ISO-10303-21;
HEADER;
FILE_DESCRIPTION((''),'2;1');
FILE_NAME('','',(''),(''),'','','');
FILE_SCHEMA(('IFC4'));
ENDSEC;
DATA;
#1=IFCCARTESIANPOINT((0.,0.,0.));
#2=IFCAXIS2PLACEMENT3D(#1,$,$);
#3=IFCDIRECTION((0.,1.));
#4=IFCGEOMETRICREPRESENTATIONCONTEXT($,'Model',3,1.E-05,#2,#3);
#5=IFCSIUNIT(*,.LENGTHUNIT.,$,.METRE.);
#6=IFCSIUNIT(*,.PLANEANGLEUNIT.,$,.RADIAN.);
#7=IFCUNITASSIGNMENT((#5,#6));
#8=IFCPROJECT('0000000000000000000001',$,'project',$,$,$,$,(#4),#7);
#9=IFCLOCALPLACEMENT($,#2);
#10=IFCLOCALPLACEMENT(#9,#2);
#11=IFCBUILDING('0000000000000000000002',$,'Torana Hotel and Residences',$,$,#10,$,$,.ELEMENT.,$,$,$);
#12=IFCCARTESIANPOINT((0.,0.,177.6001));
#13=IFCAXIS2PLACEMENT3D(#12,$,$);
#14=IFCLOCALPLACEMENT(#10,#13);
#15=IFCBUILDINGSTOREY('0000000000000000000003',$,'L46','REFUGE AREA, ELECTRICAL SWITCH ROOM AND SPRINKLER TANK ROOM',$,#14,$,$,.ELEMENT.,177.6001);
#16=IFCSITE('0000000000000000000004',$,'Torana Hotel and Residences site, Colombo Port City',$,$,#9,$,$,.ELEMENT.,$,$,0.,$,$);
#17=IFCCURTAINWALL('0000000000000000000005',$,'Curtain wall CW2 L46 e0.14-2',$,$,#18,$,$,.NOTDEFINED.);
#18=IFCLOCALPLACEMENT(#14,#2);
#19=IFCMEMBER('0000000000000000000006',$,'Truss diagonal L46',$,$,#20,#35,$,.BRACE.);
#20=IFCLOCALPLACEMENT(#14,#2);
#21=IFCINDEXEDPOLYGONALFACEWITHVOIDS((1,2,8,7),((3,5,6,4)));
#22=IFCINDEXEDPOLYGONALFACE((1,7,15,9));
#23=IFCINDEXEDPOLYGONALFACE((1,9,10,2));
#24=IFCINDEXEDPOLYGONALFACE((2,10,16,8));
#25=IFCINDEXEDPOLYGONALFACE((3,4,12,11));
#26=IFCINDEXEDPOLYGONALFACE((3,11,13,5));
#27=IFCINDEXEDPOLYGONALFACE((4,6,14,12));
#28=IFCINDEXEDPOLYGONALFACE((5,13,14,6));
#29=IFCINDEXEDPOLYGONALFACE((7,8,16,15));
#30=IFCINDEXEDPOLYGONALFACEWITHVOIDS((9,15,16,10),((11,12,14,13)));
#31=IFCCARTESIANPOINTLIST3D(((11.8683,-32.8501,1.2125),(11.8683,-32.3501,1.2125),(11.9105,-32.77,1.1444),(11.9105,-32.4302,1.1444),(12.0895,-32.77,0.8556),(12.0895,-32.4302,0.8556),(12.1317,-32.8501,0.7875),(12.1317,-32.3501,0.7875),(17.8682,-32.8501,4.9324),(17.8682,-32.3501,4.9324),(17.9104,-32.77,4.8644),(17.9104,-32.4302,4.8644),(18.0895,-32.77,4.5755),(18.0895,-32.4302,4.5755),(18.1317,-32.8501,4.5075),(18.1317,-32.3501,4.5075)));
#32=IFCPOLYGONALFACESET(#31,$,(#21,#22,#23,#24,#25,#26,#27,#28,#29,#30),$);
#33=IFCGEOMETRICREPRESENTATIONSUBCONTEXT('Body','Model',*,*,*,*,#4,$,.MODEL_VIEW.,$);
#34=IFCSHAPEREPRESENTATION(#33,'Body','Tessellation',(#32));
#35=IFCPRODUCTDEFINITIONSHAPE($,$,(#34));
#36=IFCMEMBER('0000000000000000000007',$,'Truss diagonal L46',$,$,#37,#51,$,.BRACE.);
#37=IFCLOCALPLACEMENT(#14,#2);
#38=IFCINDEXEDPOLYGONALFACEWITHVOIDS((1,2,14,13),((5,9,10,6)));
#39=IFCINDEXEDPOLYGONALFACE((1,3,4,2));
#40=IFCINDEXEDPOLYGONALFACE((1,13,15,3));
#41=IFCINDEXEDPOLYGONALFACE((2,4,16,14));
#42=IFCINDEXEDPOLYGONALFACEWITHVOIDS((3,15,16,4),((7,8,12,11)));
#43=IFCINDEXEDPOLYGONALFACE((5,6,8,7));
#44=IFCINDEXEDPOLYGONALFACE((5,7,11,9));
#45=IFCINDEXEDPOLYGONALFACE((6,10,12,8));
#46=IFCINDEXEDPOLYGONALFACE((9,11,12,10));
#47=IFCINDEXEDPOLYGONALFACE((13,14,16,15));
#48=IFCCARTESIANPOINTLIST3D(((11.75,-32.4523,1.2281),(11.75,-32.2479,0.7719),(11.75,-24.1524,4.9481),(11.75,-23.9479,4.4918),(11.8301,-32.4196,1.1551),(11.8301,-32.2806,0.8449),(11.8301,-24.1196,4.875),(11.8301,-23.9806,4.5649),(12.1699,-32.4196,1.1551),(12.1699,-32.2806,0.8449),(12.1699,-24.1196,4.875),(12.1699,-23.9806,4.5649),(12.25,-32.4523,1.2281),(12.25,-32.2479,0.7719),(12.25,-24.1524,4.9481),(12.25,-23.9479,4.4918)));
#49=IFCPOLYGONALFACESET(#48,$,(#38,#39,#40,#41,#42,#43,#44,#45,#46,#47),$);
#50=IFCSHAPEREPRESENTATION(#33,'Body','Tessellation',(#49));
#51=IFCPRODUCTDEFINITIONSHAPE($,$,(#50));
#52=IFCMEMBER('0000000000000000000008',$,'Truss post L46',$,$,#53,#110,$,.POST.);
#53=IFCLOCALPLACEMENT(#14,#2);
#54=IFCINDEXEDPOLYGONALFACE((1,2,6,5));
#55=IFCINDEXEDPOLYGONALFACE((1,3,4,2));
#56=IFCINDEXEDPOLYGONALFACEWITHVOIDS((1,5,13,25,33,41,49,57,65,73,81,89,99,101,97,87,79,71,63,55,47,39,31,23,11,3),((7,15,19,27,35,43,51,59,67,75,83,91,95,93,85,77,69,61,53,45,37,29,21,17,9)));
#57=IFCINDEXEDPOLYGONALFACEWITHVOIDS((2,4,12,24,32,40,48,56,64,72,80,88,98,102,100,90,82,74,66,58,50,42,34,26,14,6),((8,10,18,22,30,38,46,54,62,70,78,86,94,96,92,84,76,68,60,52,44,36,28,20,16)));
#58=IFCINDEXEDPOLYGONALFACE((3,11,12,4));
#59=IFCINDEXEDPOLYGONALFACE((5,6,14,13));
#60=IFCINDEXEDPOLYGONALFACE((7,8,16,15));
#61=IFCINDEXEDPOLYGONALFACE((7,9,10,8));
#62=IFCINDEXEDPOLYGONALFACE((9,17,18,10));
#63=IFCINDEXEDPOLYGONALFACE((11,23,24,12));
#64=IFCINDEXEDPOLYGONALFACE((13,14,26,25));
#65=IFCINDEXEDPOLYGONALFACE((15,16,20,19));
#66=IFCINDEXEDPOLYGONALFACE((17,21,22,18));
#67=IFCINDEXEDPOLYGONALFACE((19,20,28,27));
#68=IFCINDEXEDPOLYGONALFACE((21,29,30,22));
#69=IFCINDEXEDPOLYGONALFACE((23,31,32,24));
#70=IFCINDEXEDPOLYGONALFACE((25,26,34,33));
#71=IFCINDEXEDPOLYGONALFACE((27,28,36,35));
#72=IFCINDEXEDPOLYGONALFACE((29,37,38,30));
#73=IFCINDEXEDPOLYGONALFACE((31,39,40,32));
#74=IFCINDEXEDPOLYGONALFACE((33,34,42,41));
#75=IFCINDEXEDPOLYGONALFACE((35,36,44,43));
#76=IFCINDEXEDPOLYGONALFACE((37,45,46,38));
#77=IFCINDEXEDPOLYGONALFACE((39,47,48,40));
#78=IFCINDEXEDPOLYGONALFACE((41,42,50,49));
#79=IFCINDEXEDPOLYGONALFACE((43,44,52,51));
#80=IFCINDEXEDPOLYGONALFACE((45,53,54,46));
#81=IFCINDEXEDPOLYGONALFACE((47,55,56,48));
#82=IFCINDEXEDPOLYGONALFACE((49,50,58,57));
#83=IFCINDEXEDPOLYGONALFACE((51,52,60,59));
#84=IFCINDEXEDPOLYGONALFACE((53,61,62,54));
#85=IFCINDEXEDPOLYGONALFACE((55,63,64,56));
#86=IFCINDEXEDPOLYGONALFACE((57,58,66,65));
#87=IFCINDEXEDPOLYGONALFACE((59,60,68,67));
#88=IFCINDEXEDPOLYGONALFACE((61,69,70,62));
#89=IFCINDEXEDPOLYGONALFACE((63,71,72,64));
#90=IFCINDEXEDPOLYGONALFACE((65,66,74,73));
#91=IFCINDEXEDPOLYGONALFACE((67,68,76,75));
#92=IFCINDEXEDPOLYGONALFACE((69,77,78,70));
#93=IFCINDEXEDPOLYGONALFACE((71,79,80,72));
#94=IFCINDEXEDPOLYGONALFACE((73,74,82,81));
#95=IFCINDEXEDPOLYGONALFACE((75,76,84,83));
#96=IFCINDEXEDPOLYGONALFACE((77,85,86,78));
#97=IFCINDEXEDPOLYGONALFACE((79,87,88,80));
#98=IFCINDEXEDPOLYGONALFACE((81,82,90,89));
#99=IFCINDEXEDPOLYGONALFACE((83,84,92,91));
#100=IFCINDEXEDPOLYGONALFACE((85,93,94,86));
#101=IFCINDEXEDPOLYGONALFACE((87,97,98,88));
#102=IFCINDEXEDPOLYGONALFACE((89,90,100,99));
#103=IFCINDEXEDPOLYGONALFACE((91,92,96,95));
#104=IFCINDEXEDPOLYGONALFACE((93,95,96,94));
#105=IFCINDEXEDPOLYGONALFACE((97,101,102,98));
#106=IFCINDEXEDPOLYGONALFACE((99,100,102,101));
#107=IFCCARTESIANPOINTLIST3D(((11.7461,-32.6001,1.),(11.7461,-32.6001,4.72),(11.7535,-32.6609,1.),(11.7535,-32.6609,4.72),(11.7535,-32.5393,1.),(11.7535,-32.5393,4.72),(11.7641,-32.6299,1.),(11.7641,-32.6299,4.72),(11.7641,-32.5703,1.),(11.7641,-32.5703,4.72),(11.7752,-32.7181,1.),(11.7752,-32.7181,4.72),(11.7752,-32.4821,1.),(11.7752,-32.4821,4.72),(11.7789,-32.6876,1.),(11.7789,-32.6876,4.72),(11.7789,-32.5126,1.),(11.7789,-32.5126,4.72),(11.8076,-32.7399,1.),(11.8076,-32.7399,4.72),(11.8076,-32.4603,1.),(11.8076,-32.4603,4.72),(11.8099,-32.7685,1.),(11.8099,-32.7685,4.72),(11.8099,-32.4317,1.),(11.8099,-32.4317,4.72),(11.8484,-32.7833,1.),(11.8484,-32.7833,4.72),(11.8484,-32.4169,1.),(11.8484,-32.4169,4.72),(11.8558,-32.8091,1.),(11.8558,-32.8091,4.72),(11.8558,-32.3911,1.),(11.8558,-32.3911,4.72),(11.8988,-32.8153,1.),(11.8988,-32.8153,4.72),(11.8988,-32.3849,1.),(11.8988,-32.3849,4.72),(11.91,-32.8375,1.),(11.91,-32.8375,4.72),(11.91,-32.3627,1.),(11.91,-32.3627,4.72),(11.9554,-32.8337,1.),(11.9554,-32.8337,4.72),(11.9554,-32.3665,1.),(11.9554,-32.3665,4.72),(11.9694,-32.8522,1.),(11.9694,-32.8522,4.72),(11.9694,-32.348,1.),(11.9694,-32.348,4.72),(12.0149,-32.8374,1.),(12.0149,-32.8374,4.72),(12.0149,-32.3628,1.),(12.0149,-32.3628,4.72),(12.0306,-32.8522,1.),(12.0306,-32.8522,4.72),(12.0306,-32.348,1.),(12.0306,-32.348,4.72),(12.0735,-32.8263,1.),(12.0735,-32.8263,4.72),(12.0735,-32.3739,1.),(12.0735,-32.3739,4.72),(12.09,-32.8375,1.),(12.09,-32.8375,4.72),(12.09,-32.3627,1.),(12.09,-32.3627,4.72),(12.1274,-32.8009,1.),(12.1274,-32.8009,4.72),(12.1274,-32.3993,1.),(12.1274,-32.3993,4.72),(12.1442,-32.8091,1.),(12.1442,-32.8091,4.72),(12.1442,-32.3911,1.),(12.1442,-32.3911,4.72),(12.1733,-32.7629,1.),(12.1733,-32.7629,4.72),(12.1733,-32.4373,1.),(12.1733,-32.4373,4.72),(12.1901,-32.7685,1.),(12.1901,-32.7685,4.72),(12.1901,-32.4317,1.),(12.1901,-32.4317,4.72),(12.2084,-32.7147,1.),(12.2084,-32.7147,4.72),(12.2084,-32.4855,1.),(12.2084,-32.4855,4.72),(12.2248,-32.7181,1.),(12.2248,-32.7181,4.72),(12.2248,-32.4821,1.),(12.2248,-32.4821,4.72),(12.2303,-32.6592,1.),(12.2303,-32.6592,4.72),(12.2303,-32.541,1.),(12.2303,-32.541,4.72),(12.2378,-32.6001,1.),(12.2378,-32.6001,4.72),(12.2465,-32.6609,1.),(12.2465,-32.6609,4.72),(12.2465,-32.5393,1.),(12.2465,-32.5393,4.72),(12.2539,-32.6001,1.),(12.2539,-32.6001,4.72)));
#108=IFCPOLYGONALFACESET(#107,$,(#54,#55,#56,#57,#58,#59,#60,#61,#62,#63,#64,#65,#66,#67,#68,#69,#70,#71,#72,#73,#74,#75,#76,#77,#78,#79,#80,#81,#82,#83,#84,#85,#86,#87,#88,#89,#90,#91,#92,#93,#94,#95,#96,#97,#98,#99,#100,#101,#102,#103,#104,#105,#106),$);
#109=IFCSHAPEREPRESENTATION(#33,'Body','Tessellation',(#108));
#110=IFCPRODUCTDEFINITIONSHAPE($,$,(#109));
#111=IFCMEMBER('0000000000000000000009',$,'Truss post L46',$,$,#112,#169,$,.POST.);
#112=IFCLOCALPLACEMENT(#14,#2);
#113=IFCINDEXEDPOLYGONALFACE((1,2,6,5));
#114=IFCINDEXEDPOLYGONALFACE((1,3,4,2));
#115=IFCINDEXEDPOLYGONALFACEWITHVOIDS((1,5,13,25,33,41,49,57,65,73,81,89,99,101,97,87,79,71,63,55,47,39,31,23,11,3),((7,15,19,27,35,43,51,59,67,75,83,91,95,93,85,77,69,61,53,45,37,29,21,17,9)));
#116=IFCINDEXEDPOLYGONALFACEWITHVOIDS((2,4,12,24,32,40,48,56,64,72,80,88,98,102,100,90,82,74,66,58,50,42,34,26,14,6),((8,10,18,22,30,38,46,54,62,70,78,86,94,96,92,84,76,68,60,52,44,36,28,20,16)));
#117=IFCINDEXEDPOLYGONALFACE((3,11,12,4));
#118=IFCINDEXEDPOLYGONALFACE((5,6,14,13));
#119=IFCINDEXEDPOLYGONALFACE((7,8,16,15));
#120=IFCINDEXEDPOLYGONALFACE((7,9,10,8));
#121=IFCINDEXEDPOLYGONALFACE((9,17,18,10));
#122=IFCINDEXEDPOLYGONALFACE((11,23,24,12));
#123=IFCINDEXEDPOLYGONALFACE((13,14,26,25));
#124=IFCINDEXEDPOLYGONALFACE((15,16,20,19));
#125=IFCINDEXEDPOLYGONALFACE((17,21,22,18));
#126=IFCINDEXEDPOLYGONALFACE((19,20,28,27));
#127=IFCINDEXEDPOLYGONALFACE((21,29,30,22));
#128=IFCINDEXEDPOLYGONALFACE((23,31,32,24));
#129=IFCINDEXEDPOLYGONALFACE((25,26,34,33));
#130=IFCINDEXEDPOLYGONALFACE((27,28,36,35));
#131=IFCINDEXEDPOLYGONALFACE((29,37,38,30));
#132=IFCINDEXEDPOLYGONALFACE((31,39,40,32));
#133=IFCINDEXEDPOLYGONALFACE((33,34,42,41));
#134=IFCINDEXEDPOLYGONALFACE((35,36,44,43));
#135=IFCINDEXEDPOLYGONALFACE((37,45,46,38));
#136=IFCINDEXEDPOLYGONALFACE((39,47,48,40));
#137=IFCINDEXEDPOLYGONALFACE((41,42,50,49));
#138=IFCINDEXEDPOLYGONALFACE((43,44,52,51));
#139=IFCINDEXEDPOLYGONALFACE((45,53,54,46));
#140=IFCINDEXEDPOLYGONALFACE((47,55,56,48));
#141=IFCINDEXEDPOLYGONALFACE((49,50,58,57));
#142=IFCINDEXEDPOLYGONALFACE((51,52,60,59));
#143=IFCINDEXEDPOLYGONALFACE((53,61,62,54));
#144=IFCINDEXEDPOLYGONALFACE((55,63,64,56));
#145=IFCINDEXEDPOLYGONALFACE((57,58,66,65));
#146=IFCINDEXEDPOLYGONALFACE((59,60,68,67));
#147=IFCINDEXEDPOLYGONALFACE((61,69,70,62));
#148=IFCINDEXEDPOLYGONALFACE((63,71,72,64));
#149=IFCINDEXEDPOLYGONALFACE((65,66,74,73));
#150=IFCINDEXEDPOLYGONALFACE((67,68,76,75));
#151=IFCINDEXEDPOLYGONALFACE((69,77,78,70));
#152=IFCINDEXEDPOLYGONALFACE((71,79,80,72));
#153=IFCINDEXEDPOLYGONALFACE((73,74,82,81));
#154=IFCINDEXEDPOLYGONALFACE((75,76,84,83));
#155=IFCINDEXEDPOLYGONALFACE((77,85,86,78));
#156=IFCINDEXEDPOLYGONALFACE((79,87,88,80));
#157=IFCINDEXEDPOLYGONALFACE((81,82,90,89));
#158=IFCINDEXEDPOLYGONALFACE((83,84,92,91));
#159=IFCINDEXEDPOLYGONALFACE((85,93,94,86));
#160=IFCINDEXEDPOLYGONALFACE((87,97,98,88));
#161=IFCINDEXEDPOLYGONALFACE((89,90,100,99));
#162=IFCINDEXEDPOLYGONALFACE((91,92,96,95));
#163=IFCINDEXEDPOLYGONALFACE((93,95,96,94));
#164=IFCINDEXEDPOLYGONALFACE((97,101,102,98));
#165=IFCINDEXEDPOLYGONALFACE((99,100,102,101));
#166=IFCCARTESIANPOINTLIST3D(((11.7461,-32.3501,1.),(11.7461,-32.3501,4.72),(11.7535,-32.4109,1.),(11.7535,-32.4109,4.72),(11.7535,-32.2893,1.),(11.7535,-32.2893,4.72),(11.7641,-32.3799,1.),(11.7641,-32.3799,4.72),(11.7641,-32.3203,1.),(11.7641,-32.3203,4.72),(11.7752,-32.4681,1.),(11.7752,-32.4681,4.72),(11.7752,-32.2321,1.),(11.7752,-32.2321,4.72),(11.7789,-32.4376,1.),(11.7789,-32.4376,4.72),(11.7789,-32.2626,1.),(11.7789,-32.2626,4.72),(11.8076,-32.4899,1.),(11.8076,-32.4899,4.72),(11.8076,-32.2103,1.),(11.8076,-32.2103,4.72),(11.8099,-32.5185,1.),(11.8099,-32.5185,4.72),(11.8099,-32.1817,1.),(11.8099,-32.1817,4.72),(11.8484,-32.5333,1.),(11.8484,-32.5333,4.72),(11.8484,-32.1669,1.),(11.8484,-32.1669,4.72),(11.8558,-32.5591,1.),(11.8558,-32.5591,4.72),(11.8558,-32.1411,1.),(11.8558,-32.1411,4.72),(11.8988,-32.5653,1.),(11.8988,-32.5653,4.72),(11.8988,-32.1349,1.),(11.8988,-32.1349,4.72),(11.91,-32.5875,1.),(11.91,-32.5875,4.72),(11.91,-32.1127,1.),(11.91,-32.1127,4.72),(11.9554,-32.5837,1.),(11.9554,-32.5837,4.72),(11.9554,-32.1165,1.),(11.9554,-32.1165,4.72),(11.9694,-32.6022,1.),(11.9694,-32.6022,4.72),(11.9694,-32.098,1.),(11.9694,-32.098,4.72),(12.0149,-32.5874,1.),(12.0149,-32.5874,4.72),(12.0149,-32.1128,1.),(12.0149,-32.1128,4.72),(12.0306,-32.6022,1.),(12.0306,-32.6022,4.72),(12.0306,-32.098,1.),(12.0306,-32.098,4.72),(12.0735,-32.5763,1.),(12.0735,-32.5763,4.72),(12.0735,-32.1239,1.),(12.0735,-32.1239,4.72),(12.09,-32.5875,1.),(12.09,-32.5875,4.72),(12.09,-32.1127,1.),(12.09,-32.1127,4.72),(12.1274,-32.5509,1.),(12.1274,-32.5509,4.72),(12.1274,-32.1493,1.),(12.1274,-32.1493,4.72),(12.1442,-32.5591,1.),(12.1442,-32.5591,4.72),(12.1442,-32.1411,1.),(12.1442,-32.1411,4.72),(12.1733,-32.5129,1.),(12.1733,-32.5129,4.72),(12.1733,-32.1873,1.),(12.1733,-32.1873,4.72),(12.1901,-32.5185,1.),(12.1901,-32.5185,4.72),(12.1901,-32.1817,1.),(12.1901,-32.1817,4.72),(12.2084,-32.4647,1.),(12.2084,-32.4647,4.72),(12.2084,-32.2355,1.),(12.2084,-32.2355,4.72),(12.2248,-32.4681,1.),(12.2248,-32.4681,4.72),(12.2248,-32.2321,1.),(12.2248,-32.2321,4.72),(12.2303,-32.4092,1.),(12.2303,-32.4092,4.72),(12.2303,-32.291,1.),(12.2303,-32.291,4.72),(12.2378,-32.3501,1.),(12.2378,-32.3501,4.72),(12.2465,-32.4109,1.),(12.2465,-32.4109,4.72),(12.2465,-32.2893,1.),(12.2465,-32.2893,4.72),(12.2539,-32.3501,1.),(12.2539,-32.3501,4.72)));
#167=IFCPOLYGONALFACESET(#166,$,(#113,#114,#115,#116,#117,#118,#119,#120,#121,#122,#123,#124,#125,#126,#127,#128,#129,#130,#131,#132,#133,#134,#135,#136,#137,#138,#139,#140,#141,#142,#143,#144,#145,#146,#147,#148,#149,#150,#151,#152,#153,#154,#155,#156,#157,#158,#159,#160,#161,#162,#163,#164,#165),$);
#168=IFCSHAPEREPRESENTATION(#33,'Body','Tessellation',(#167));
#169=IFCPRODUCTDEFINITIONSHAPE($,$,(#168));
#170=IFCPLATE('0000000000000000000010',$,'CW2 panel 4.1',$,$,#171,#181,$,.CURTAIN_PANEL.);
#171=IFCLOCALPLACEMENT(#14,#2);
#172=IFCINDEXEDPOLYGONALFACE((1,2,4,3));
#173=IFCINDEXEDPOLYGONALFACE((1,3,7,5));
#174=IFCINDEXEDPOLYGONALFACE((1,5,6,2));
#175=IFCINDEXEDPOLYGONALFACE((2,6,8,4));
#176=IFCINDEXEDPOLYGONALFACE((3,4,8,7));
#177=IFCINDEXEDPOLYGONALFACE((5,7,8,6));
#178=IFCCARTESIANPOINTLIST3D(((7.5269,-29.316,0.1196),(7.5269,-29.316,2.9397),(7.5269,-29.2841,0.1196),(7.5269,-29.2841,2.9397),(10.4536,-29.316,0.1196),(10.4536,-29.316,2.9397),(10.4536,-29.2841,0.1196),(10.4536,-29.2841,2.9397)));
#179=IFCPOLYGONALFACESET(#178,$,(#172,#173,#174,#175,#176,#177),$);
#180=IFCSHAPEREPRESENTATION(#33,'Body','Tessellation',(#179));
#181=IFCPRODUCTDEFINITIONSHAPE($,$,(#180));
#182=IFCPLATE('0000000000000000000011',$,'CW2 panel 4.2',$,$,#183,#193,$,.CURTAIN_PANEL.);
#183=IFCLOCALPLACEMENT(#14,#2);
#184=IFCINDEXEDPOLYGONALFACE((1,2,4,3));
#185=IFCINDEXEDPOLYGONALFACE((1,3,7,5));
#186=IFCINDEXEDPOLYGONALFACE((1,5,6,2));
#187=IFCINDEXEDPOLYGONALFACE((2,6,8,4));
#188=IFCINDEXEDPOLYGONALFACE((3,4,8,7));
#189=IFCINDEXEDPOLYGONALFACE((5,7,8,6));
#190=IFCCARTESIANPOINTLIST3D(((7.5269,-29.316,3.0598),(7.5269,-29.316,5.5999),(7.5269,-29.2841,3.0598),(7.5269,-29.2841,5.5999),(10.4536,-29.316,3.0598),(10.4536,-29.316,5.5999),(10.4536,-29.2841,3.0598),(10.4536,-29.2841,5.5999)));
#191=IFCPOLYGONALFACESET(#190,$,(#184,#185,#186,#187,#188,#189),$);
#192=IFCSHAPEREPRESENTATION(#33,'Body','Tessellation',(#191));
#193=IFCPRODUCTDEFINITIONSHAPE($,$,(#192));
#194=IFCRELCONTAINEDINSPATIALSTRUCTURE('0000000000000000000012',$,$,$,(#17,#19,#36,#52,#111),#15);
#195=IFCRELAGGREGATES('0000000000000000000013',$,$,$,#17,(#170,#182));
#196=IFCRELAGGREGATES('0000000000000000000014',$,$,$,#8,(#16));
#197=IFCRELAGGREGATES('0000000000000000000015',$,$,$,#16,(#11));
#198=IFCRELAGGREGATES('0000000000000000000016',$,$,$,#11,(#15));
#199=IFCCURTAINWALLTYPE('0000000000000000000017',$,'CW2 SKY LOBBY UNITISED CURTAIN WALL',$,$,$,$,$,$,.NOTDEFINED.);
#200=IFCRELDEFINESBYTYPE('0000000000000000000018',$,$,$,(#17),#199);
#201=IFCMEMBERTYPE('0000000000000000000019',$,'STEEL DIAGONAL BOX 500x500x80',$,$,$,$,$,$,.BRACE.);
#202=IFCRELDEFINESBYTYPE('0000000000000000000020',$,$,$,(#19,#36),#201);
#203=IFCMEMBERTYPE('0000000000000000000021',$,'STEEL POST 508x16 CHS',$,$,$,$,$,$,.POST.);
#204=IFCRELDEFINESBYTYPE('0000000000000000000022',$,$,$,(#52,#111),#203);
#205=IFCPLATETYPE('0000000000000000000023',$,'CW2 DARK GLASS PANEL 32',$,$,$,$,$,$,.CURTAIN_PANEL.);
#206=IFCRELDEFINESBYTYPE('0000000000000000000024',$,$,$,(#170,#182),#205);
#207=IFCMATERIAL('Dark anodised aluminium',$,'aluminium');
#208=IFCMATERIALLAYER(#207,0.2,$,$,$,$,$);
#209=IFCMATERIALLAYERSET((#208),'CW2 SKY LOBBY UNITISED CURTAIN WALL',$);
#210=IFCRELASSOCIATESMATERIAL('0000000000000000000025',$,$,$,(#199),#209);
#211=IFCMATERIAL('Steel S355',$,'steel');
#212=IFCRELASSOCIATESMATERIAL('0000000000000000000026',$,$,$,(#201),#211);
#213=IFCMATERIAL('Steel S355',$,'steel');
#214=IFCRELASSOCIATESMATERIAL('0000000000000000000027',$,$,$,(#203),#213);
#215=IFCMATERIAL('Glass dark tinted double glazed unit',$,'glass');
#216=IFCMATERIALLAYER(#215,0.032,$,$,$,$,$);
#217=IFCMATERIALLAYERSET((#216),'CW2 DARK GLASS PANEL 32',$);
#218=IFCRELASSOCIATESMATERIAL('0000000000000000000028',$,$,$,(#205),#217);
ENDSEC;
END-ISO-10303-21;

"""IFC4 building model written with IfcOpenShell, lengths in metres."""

from ifc_helpers import new_model, si_unit, direction, frame, origin, origin_2d, place, context, subcontext, project, spatial, rectangle, hollow_rectangle, hollow_circle, extrude, material, layer, layer_set, material_profile, profile_set, type_object, element, aggregate, save


model = new_model("IFC4")

# Units and contexts
model_context = context("Model", 3, precision=1e-05, world=origin(), true_north=direction((0.0, 1.0)))
body_context = subcontext(model_context, "Body", "Model", "MODEL_VIEW")
ifc_project = project(units=[si_unit("LENGTHUNIT", "METRE"), si_unit("PLANEANGLEUNIT", "RADIAN")], contexts=[model_context])

# Site, building, storey
site_placement = place(None, origin())
site = spatial("IfcSite", under=ifc_project, at=site_placement, Name="Torana Hotel and Residences site, Colombo Port City", CompositionType="ELEMENT", RefElevation=0.0)
building_placement = place(site_placement, origin())
building = spatial("IfcBuilding", under=site, at=building_placement, Name="Torana Hotel and Residences", CompositionType="ELEMENT")
storey_placement = place(building_placement, frame((0.0, 0.0, 177.6001)))
storey = spatial("IfcBuildingStorey", under=building, at=storey_placement, Name="L46", Description="REFUGE AREA, ELECTRICAL SWITCH ROOM AND SPRINKLER TANK ROOM", CompositionType="ELEMENT", Elevation=177.6001)

# Curtain wall
ifc_material_1 = material(Name="Dark anodised aluminium", Category="aluminium")
ifc_layer_1 = layer(ifc_material_1, 0.2)
ifc_layer_set_1 = layer_set([ifc_layer_1], Name="CW2 SKY LOBBY UNITISED CURTAIN WALL")
curtain_wall_type = type_object("IfcCurtainWallType", Name="CW2 SKY LOBBY UNITISED CURTAIN WALL", PredefinedType="NOTDEFINED", material=ifc_layer_set_1)
curtain_wall_placement = place(storey_placement, origin())
curtain_wall = element("IfcCurtainWall", 1, at=curtain_wall_placement, inside=storey, type_object=curtain_wall_type, Name="Curtain wall CW2 L46 e0.14-2", PredefinedType="NOTDEFINED")

# Members
ifc_material_2 = material(Name="Steel S355", Category="steel")
ifc_material_profile_1 = material_profile(ifc_material_2, hollow_rectangle(XDim=0.5, YDim=0.5, WallThickness=0.0801, at=origin_2d()), Name="BOX 500x500x80")
ifc_profile_set_1 = profile_set([ifc_material_profile_1], Name="Steel S355")
member_type_1 = type_object("IfcMemberType", Name="STEEL DIAGONAL BOX 500x500x80", PredefinedType="BRACE", material=ifc_profile_set_1)
for number, where, z_axis, x_axis, name in (
    (2, (12.0, -32.6001, 1.0), (0.849905, 0.0, 0.526937), (0.0, 1.0, 0.0), "Truss diagonal L46"),
):
    element("IfcMember", number, at=place(storey_placement, frame(where, z_axis=z_axis, x_axis=x_axis)), inside=storey, type_object=member_type_1, Name=name, PredefinedType="BRACE", context=body_context, shape_type="SweptSolid", body=[
        extrude(hollow_rectangle(XDim=0.5, YDim=0.5, WallThickness=0.0801, at=origin_2d()), origin(), (0.0, 0.0, 1.0), 7.0596),
    ])
member_1_placement = place(storey_placement, frame((12.0, -32.3501, 1.0), z_axis=(0.0, 0.91254, 0.408988), x_axis=(-1.0, 0.0, 0.0)))
element("IfcMember", 3, at=member_1_placement, inside=storey, type_object=member_type_1, Name="Truss diagonal L46", PredefinedType="BRACE", context=body_context, shape_type="SweptSolid", body=[
    extrude(hollow_rectangle(XDim=0.5, YDim=0.5, WallThickness=0.0801, at=origin_2d()), origin(), (0.0, 0.0, 1.0), 9.0955),
])
ifc_material_3 = material(Name="Steel S355", Category="steel")
ifc_material_profile_2 = material_profile(ifc_material_3, hollow_circle(Radius=0.2539, WallThickness=0.0161, at=origin_2d()), Name="508x16 CHS")
ifc_profile_set_2 = profile_set([ifc_material_profile_2], Name="Steel S355")
member_type_2 = type_object("IfcMemberType", Name="STEEL POST 508x16 CHS", PredefinedType="POST", material=ifc_profile_set_2)
for number, where, z_axis, x_axis, name in (
    (4, (12.0, -32.6001, 1.0), (0.0, 0.0, 1.0), (1.0, 0.0, 0.0), "Truss post L46"),
    (5, (12.0, -32.3501, 1.0), (0.0, 0.0, 1.0), (1.0, 0.0, 0.0), "Truss post L46"),
):
    element("IfcMember", number, at=place(storey_placement, frame(where, z_axis=z_axis, x_axis=x_axis)), inside=storey, type_object=member_type_2, Name=name, PredefinedType="POST", context=body_context, shape_type="SweptSolid", body=[
        extrude(hollow_circle(Radius=0.2539, WallThickness=0.0161, at=origin_2d()), origin(), (0.0, 0.0, 1.0), 3.72),
    ])

# Plates
ifc_material_4 = material(Name="Glass dark tinted double glazed unit", Category="glass")
ifc_layer_2 = layer(ifc_material_4, 0.032)
ifc_layer_set_2 = layer_set([ifc_layer_2], Name="CW2 DARK GLASS PANEL 32")
plate_type = type_object("IfcPlateType", Name="CW2 DARK GLASS PANEL 32", PredefinedType="CURTAIN_PANEL", material=ifc_layer_set_2)
plate_1_placement = place(storey_placement, frame((8.9902, -29.3, 0.1196), z_axis=(0.0, 0.0, 1.0), x_axis=(1.0, 0.0, 0.0)))
plate_1 = element("IfcPlate", 6, at=plate_1_placement, type_object=plate_type, Name="CW2 panel 4.1", PredefinedType="CURTAIN_PANEL", context=body_context, shape_type="SweptSolid", body=[
    extrude(rectangle(XDim=2.9268, YDim=0.032, at=origin_2d()), origin(), (0.0, 0.0, 1.0), 2.8201),
])
plate_2_placement = place(storey_placement, frame((8.9902, -29.3, 3.0598), z_axis=(0.0, 0.0, 1.0), x_axis=(1.0, 0.0, 0.0)))
plate_2 = element("IfcPlate", 7, at=plate_2_placement, type_object=plate_type, Name="CW2 panel 4.2", PredefinedType="CURTAIN_PANEL", context=body_context, shape_type="SweptSolid", body=[
    extrude(rectangle(XDim=2.9268, YDim=0.032, at=origin_2d()), origin(), (0.0, 0.0, 1.0), 2.54),
])
aggregate(curtain_wall, [plate_1, plate_2])

save(model, "model.ifc")
